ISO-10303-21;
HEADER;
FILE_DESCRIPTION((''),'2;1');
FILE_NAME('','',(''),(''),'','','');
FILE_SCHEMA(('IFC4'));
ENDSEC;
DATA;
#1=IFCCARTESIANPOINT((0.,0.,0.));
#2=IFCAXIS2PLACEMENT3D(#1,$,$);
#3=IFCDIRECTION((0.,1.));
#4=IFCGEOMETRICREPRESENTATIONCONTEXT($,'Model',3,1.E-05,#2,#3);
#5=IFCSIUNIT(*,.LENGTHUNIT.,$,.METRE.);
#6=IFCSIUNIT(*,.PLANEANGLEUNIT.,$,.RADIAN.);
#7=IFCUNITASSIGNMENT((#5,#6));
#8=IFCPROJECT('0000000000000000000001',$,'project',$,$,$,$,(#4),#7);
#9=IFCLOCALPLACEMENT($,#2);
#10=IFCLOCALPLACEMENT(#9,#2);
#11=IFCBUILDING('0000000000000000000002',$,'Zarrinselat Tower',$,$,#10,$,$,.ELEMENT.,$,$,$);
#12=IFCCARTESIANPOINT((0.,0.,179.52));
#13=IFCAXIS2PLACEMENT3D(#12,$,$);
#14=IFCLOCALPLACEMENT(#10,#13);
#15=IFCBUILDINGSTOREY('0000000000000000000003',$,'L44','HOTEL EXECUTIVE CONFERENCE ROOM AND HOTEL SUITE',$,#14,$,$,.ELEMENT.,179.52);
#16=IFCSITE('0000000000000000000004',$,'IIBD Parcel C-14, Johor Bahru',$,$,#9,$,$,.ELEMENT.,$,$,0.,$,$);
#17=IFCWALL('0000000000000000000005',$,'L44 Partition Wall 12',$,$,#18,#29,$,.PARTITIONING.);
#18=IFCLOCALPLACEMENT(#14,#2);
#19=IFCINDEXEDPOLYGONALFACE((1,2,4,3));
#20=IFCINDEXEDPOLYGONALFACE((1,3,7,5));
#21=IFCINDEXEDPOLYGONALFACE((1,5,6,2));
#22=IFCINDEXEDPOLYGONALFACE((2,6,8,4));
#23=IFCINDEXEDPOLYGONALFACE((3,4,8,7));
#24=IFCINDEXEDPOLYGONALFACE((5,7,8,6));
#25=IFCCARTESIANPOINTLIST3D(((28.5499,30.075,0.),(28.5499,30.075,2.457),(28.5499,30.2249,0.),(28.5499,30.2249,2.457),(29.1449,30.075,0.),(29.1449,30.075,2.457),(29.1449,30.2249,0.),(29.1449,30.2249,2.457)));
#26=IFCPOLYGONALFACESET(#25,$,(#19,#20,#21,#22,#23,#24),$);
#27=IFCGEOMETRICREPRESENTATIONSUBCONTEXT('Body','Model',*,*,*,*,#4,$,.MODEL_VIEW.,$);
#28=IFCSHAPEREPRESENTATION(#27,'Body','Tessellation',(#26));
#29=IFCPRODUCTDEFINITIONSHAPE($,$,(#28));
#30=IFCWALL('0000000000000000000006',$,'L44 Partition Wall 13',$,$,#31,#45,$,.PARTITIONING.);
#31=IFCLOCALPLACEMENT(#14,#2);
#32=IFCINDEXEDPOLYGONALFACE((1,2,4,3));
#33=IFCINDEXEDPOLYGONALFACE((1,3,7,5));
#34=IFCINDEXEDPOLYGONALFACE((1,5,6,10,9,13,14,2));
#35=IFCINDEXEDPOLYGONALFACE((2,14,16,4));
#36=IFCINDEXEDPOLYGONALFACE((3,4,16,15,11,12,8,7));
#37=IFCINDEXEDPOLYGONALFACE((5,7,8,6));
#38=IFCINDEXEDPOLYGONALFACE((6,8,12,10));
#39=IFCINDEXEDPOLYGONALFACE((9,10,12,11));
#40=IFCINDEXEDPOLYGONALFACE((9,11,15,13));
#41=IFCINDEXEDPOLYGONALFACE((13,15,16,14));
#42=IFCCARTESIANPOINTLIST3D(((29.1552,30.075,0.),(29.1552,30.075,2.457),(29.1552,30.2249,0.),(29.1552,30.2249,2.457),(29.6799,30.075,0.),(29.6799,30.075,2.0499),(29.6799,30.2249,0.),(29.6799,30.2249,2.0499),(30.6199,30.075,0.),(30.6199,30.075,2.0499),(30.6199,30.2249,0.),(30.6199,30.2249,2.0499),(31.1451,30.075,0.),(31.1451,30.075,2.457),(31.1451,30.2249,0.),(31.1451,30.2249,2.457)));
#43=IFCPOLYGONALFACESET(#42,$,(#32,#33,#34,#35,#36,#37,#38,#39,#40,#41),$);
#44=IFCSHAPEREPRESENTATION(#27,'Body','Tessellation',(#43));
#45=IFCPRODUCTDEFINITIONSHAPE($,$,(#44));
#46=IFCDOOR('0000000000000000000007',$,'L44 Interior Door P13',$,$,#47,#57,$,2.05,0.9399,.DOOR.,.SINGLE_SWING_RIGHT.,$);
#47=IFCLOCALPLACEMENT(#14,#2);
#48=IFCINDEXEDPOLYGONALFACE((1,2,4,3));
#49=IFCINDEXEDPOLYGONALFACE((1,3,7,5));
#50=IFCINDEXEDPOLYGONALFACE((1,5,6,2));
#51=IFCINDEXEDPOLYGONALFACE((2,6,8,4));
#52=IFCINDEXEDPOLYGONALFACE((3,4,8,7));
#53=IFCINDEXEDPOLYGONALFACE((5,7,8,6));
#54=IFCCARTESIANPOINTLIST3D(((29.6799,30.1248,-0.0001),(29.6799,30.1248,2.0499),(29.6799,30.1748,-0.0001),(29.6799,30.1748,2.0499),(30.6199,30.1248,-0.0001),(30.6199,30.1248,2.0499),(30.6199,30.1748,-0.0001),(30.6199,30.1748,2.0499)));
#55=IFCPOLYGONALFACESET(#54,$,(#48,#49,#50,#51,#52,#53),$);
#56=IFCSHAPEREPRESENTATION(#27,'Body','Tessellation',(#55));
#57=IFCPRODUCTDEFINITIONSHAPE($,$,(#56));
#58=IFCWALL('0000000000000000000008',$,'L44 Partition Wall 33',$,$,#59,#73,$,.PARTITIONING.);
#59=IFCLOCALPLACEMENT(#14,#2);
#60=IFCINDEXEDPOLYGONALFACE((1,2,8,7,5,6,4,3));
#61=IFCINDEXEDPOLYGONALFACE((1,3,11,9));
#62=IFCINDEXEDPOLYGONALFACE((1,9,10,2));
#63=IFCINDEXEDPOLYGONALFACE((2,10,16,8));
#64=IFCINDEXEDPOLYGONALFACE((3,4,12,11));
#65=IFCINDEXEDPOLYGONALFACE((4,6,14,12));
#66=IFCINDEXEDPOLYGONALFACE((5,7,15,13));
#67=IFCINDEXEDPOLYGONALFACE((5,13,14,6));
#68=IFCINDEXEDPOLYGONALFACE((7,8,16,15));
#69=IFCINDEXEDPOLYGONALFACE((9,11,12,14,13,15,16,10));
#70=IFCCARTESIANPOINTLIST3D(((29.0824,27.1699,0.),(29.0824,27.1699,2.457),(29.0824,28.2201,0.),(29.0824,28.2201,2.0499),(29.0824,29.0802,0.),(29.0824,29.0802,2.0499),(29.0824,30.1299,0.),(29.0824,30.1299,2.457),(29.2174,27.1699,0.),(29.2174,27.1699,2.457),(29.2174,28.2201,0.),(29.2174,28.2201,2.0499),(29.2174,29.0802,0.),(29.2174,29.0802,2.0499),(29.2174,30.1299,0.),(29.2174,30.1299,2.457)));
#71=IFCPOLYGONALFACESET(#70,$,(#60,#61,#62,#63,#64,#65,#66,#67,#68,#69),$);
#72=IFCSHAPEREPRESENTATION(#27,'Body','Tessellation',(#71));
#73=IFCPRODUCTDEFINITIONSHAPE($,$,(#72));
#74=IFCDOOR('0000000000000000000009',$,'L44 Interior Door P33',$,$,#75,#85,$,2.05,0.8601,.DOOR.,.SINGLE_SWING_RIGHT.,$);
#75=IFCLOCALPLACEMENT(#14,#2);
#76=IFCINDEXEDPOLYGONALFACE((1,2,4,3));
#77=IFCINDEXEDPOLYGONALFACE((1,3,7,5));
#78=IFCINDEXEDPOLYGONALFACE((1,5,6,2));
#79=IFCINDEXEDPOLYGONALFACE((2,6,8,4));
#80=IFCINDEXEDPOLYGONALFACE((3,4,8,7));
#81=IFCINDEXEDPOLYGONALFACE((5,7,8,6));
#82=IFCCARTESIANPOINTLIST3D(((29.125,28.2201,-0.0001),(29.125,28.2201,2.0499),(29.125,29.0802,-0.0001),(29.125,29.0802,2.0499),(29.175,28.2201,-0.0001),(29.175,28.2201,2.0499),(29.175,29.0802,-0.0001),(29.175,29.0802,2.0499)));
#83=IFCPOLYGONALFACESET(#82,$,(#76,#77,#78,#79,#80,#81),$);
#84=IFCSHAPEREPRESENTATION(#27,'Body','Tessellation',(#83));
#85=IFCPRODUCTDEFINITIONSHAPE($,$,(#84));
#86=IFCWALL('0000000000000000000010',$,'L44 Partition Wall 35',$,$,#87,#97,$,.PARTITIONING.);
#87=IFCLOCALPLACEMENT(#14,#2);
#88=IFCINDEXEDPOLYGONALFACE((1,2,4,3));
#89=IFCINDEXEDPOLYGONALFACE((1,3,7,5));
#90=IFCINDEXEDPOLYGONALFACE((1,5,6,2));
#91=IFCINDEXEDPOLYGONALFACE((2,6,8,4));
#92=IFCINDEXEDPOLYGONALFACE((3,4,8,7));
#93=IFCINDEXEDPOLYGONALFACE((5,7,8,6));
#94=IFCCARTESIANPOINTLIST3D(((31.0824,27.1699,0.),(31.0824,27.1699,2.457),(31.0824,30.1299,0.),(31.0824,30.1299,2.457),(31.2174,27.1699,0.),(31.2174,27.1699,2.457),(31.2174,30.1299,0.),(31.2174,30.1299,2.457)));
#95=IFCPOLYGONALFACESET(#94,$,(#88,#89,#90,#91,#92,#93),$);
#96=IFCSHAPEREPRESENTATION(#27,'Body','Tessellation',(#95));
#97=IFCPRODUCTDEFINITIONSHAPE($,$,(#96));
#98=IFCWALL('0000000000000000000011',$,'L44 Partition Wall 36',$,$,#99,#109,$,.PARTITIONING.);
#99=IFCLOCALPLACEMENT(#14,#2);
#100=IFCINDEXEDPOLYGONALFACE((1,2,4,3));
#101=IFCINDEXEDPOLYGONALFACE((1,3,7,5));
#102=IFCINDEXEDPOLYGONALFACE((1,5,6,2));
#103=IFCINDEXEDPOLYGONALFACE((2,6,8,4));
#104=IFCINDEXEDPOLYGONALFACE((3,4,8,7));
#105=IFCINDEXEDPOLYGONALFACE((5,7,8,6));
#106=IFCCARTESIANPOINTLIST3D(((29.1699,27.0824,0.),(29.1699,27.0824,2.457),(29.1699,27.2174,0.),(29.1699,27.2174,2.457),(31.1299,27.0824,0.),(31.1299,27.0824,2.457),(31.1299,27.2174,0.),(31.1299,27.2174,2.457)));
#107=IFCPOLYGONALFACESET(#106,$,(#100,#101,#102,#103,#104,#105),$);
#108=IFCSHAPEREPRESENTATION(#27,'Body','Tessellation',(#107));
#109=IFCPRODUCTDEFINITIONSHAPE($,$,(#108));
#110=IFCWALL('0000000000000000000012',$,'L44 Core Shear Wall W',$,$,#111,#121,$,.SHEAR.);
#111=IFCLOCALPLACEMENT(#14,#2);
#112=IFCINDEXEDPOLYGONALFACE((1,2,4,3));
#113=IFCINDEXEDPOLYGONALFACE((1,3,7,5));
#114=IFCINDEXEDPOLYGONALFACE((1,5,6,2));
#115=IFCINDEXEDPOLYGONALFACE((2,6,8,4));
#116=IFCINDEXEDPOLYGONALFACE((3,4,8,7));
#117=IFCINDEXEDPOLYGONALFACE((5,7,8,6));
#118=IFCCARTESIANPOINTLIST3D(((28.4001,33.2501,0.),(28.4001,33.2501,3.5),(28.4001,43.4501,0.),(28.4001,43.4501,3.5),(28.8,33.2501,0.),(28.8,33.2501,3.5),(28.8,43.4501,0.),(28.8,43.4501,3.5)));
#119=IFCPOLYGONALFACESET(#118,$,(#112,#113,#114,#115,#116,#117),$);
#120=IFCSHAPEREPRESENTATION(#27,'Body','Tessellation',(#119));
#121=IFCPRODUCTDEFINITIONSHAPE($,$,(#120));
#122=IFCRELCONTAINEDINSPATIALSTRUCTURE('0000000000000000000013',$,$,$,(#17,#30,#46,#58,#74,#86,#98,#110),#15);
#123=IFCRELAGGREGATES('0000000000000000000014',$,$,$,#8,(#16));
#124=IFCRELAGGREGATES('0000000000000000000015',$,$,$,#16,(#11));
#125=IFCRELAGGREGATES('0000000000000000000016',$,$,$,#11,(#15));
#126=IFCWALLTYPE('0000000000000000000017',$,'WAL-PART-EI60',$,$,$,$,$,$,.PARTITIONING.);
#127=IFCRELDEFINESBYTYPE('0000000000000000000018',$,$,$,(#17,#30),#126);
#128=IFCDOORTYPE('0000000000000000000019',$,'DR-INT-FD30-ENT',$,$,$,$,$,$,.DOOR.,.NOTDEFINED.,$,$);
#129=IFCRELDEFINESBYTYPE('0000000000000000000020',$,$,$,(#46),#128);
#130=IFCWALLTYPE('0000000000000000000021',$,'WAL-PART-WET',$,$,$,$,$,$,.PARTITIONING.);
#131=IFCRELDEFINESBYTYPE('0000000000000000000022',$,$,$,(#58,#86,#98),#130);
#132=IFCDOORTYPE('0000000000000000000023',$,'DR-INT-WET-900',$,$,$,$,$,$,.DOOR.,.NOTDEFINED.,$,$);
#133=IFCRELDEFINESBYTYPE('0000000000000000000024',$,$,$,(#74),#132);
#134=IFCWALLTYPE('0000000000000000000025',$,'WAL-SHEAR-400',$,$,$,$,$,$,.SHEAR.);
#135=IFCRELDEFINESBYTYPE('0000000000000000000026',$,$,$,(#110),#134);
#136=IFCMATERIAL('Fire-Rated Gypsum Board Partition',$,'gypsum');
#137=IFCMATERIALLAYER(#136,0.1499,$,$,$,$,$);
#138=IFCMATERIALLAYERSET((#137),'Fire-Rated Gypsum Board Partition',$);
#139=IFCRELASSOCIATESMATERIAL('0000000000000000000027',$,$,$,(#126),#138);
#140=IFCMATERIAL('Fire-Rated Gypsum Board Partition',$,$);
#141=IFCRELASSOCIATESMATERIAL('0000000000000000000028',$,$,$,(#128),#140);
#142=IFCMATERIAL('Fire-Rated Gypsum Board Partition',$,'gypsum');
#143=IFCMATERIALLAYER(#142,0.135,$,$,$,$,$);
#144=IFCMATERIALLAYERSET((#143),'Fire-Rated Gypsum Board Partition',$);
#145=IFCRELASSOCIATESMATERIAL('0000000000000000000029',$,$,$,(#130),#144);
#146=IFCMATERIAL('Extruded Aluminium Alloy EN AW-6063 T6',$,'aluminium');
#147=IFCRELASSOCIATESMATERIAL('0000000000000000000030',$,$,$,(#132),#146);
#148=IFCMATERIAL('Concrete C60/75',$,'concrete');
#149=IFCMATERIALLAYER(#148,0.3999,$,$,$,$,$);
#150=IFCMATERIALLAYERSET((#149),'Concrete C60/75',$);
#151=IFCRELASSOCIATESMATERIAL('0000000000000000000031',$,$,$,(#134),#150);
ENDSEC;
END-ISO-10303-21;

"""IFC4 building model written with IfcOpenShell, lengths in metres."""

from ifc_helpers import new_model, si_unit, direction, frame, frame_2d, origin, place, context, subcontext, project, spatial, rectangle, extrude, material, layer, layer_set, type_object, element, fill, save


model = new_model("IFC4")

# Units and contexts
model_context = context("Model", 3, precision=1e-05, world=origin(), true_north=direction((0.0, 1.0)))
body_context = subcontext(model_context, "Body", "Model", "MODEL_VIEW")
ifc_project = project(units=[si_unit("LENGTHUNIT", "METRE"), si_unit("PLANEANGLEUNIT", "RADIAN")], contexts=[model_context])

# Site, building, storey
site_placement = place(None, origin())
site = spatial("IfcSite", under=ifc_project, at=site_placement, Name="IIBD Parcel C-14, Johor Bahru", CompositionType="ELEMENT", RefElevation=0.0)
building_placement = place(site_placement, origin())
building = spatial("IfcBuilding", under=site, at=building_placement, Name="Zarrinselat Tower", CompositionType="ELEMENT")
storey_placement = place(building_placement, frame((0.0, 0.0, 179.52)))
storey = spatial("IfcBuildingStorey", under=building, at=storey_placement, Name="L44", Description="HOTEL EXECUTIVE CONFERENCE ROOM AND HOTEL SUITE", CompositionType="ELEMENT", Elevation=179.52)

# Wall
ifc_material_1 = material(Name="Fire-Rated Gypsum Board Partition", Category="gypsum")
ifc_layer_1 = layer(ifc_material_1, 0.1499)
ifc_layer_set_1 = layer_set([ifc_layer_1], Name="Fire-Rated Gypsum Board Partition")
wall_type_1 = type_object("IfcWallType", Name="WAL-PART-EI60", PredefinedType="PARTITIONING", material=ifc_layer_set_1)
wall_1_placement = place(storey_placement, frame((28.55, 30.1499, 0.0), z_axis=(0.0, 0.0, 1.0), x_axis=(1.0, 0.0, 0.0)))
element("IfcWall", 1, at=wall_1_placement, inside=storey, type_object=wall_type_1, Name="L44 Partition Wall 12", PredefinedType="PARTITIONING", context=body_context, shape_type="SweptSolid", body=[
    extrude(rectangle(XDim=0.595, YDim=0.1499, at=frame_2d((0.2974, 0.0))), origin(), (0.0, 0.0, 1.0), 2.457),
])

# Walls, openings, doors
wall_2_placement = place(storey_placement, frame((29.155, 30.1499, 0.0), z_axis=(0.0, 0.0, 1.0), x_axis=(1.0, 0.0, 0.0)))
wall_2 = element("IfcWall", 2, at=wall_2_placement, inside=storey, type_object=wall_type_1, Name="L44 Partition Wall 13", PredefinedType="PARTITIONING", context=body_context, shape_type="SweptSolid", body=[
    extrude(rectangle(XDim=1.99, YDim=0.1499, at=frame_2d((0.9951, 0.0))), origin(), (0.0, 0.0, 1.0), 2.457),
])
opening_1_placement = place(wall_2_placement, frame((0.5249, 0.0, 0.0)))
opening_1 = element("IfcOpeningElement", 3, at=opening_1_placement, cuts=wall_2, PredefinedType="OPENING", context=body_context, shape_type="SweptSolid", body=[
    extrude(rectangle(XDim=0.9399, YDim=2.05, at=frame_2d((0.47, 1.0249))), frame((0.0, 0.085, 0.0), z_axis=(0.0, -1.0, 0.0), x_axis=(1.0, 0.0, 0.0)), (0.0, 0.0, 1.0), 0.1699),
])
ifc_material_2 = material(Name="Fire-Rated Gypsum Board Partition")
door_type_1 = type_object("IfcDoorType", Name="DR-INT-FD30-ENT", OperationType="NOTDEFINED", PredefinedType="DOOR", material=ifc_material_2)
door_1_placement = place(opening_1_placement, origin())
door_1 = element("IfcDoor", 4, at=door_1_placement, inside=storey, type_object=door_type_1, Name="L44 Interior Door P13", OperationType="SINGLE_SWING_RIGHT", OverallHeight=2.05, OverallWidth=0.9399, PredefinedType="DOOR", context=body_context, shape_type="SweptSolid", body=[
    extrude(rectangle(XDim=0.9399, YDim=2.05, at=frame_2d((0.47, 1.0249))), frame((0.0, 0.0249, 0.0), z_axis=(0.0, -1.0, 0.0), x_axis=(1.0, 0.0, 0.0)), (0.0, 0.0, 1.0), 0.05),
])
fill(opening_1, door_1)
ifc_material_3 = material(Name="Fire-Rated Gypsum Board Partition", Category="gypsum")
ifc_layer_2 = layer(ifc_material_3, 0.135)
ifc_layer_set_2 = layer_set([ifc_layer_2], Name="Fire-Rated Gypsum Board Partition")
wall_type_2 = type_object("IfcWallType", Name="WAL-PART-WET", PredefinedType="PARTITIONING", material=ifc_layer_set_2)
wall_3_placement = place(storey_placement, frame((29.1499, 27.1699, 0.0), z_axis=(0.0, 0.0, 1.0), x_axis=(0.0, 1.0, 0.0)))
wall_3 = element("IfcWall", 5, at=wall_3_placement, inside=storey, type_object=wall_type_2, Name="L44 Partition Wall 33", PredefinedType="PARTITIONING", context=body_context, shape_type="SweptSolid", body=[
    extrude(rectangle(XDim=2.96, YDim=0.135, at=frame_2d((1.48, 0.0))), origin(), (0.0, 0.0, 1.0), 2.457),
])
opening_2_placement = place(wall_3_placement, frame((1.05, 0.0, 0.0)))
opening_2 = element("IfcOpeningElement", 6, at=opening_2_placement, cuts=wall_3, PredefinedType="OPENING", context=body_context, shape_type="SweptSolid", body=[
    extrude(rectangle(XDim=0.8601, YDim=2.05, at=frame_2d((0.4302, 1.0249))), frame((0.0, 0.0774, 0.0), z_axis=(0.0, -1.0, 0.0), x_axis=(1.0, 0.0, 0.0)), (0.0, 0.0, 1.0), 0.155),
])
ifc_material_4 = material(Name="Extruded Aluminium Alloy EN AW-6063 T6", Category="aluminium")
door_type_2 = type_object("IfcDoorType", Name="DR-INT-WET-900", OperationType="NOTDEFINED", PredefinedType="DOOR", material=ifc_material_4)
door_2_placement = place(opening_2_placement, origin())
door_2 = element("IfcDoor", 7, at=door_2_placement, inside=storey, type_object=door_type_2, Name="L44 Interior Door P33", OperationType="SINGLE_SWING_RIGHT", OverallHeight=2.05, OverallWidth=0.8601, PredefinedType="DOOR", context=body_context, shape_type="SweptSolid", body=[
    extrude(rectangle(XDim=0.8601, YDim=2.05, at=frame_2d((0.4302, 1.0249))), frame((0.0, 0.0249, 0.0), z_axis=(0.0, -1.0, 0.0), x_axis=(1.0, 0.0, 0.0)), (0.0, 0.0, 1.0), 0.05),
])
fill(opening_2, door_2)

# Walls
wall_4_placement = place(storey_placement, frame((31.1499, 27.1699, 0.0), z_axis=(0.0, 0.0, 1.0), x_axis=(0.0, 1.0, 0.0)))
element("IfcWall", 8, at=wall_4_placement, inside=storey, type_object=wall_type_2, Name="L44 Partition Wall 35", PredefinedType="PARTITIONING", context=body_context, shape_type="SweptSolid", body=[
    extrude(rectangle(XDim=2.96, YDim=0.135, at=frame_2d((1.48, 0.0))), origin(), (0.0, 0.0, 1.0), 2.457),
])
wall_5_placement = place(storey_placement, frame((29.1699, 27.1499, 0.0), z_axis=(0.0, 0.0, 1.0), x_axis=(1.0, 0.0, 0.0)))
element("IfcWall", 9, at=wall_5_placement, inside=storey, type_object=wall_type_2, Name="L44 Partition Wall 36", PredefinedType="PARTITIONING", context=body_context, shape_type="SweptSolid", body=[
    extrude(rectangle(XDim=1.96, YDim=0.135, at=frame_2d((0.98, 0.0))), origin(), (0.0, 0.0, 1.0), 2.457),
])

# Shared definitions
ifc_material_5 = material(Name="Concrete C60/75", Category="concrete")
ifc_layer_3 = layer(ifc_material_5, 0.3999)
ifc_layer_set_3 = layer_set([ifc_layer_3], Name="Concrete C60/75")
wall_type_3 = type_object("IfcWallType", Name="WAL-SHEAR-400", PredefinedType="SHEAR", material=ifc_layer_set_3)

# Wall
wall_6_placement = place(storey_placement, frame((28.6001, 33.25, 0.0), z_axis=(0.0, 0.0, 1.0), x_axis=(0.0, 1.0, 0.0)))
element("IfcWall", 10, at=wall_6_placement, inside=storey, type_object=wall_type_3, Name="L44 Core Shear Wall W", PredefinedType="SHEAR", context=body_context, shape_type="SweptSolid", body=[
    extrude(rectangle(XDim=10.2, YDim=0.3999, at=frame_2d((5.1001, 0.0))), origin(), (0.0, 0.0, 1.0), 3.5),
])

save(model, "model.ifc")
